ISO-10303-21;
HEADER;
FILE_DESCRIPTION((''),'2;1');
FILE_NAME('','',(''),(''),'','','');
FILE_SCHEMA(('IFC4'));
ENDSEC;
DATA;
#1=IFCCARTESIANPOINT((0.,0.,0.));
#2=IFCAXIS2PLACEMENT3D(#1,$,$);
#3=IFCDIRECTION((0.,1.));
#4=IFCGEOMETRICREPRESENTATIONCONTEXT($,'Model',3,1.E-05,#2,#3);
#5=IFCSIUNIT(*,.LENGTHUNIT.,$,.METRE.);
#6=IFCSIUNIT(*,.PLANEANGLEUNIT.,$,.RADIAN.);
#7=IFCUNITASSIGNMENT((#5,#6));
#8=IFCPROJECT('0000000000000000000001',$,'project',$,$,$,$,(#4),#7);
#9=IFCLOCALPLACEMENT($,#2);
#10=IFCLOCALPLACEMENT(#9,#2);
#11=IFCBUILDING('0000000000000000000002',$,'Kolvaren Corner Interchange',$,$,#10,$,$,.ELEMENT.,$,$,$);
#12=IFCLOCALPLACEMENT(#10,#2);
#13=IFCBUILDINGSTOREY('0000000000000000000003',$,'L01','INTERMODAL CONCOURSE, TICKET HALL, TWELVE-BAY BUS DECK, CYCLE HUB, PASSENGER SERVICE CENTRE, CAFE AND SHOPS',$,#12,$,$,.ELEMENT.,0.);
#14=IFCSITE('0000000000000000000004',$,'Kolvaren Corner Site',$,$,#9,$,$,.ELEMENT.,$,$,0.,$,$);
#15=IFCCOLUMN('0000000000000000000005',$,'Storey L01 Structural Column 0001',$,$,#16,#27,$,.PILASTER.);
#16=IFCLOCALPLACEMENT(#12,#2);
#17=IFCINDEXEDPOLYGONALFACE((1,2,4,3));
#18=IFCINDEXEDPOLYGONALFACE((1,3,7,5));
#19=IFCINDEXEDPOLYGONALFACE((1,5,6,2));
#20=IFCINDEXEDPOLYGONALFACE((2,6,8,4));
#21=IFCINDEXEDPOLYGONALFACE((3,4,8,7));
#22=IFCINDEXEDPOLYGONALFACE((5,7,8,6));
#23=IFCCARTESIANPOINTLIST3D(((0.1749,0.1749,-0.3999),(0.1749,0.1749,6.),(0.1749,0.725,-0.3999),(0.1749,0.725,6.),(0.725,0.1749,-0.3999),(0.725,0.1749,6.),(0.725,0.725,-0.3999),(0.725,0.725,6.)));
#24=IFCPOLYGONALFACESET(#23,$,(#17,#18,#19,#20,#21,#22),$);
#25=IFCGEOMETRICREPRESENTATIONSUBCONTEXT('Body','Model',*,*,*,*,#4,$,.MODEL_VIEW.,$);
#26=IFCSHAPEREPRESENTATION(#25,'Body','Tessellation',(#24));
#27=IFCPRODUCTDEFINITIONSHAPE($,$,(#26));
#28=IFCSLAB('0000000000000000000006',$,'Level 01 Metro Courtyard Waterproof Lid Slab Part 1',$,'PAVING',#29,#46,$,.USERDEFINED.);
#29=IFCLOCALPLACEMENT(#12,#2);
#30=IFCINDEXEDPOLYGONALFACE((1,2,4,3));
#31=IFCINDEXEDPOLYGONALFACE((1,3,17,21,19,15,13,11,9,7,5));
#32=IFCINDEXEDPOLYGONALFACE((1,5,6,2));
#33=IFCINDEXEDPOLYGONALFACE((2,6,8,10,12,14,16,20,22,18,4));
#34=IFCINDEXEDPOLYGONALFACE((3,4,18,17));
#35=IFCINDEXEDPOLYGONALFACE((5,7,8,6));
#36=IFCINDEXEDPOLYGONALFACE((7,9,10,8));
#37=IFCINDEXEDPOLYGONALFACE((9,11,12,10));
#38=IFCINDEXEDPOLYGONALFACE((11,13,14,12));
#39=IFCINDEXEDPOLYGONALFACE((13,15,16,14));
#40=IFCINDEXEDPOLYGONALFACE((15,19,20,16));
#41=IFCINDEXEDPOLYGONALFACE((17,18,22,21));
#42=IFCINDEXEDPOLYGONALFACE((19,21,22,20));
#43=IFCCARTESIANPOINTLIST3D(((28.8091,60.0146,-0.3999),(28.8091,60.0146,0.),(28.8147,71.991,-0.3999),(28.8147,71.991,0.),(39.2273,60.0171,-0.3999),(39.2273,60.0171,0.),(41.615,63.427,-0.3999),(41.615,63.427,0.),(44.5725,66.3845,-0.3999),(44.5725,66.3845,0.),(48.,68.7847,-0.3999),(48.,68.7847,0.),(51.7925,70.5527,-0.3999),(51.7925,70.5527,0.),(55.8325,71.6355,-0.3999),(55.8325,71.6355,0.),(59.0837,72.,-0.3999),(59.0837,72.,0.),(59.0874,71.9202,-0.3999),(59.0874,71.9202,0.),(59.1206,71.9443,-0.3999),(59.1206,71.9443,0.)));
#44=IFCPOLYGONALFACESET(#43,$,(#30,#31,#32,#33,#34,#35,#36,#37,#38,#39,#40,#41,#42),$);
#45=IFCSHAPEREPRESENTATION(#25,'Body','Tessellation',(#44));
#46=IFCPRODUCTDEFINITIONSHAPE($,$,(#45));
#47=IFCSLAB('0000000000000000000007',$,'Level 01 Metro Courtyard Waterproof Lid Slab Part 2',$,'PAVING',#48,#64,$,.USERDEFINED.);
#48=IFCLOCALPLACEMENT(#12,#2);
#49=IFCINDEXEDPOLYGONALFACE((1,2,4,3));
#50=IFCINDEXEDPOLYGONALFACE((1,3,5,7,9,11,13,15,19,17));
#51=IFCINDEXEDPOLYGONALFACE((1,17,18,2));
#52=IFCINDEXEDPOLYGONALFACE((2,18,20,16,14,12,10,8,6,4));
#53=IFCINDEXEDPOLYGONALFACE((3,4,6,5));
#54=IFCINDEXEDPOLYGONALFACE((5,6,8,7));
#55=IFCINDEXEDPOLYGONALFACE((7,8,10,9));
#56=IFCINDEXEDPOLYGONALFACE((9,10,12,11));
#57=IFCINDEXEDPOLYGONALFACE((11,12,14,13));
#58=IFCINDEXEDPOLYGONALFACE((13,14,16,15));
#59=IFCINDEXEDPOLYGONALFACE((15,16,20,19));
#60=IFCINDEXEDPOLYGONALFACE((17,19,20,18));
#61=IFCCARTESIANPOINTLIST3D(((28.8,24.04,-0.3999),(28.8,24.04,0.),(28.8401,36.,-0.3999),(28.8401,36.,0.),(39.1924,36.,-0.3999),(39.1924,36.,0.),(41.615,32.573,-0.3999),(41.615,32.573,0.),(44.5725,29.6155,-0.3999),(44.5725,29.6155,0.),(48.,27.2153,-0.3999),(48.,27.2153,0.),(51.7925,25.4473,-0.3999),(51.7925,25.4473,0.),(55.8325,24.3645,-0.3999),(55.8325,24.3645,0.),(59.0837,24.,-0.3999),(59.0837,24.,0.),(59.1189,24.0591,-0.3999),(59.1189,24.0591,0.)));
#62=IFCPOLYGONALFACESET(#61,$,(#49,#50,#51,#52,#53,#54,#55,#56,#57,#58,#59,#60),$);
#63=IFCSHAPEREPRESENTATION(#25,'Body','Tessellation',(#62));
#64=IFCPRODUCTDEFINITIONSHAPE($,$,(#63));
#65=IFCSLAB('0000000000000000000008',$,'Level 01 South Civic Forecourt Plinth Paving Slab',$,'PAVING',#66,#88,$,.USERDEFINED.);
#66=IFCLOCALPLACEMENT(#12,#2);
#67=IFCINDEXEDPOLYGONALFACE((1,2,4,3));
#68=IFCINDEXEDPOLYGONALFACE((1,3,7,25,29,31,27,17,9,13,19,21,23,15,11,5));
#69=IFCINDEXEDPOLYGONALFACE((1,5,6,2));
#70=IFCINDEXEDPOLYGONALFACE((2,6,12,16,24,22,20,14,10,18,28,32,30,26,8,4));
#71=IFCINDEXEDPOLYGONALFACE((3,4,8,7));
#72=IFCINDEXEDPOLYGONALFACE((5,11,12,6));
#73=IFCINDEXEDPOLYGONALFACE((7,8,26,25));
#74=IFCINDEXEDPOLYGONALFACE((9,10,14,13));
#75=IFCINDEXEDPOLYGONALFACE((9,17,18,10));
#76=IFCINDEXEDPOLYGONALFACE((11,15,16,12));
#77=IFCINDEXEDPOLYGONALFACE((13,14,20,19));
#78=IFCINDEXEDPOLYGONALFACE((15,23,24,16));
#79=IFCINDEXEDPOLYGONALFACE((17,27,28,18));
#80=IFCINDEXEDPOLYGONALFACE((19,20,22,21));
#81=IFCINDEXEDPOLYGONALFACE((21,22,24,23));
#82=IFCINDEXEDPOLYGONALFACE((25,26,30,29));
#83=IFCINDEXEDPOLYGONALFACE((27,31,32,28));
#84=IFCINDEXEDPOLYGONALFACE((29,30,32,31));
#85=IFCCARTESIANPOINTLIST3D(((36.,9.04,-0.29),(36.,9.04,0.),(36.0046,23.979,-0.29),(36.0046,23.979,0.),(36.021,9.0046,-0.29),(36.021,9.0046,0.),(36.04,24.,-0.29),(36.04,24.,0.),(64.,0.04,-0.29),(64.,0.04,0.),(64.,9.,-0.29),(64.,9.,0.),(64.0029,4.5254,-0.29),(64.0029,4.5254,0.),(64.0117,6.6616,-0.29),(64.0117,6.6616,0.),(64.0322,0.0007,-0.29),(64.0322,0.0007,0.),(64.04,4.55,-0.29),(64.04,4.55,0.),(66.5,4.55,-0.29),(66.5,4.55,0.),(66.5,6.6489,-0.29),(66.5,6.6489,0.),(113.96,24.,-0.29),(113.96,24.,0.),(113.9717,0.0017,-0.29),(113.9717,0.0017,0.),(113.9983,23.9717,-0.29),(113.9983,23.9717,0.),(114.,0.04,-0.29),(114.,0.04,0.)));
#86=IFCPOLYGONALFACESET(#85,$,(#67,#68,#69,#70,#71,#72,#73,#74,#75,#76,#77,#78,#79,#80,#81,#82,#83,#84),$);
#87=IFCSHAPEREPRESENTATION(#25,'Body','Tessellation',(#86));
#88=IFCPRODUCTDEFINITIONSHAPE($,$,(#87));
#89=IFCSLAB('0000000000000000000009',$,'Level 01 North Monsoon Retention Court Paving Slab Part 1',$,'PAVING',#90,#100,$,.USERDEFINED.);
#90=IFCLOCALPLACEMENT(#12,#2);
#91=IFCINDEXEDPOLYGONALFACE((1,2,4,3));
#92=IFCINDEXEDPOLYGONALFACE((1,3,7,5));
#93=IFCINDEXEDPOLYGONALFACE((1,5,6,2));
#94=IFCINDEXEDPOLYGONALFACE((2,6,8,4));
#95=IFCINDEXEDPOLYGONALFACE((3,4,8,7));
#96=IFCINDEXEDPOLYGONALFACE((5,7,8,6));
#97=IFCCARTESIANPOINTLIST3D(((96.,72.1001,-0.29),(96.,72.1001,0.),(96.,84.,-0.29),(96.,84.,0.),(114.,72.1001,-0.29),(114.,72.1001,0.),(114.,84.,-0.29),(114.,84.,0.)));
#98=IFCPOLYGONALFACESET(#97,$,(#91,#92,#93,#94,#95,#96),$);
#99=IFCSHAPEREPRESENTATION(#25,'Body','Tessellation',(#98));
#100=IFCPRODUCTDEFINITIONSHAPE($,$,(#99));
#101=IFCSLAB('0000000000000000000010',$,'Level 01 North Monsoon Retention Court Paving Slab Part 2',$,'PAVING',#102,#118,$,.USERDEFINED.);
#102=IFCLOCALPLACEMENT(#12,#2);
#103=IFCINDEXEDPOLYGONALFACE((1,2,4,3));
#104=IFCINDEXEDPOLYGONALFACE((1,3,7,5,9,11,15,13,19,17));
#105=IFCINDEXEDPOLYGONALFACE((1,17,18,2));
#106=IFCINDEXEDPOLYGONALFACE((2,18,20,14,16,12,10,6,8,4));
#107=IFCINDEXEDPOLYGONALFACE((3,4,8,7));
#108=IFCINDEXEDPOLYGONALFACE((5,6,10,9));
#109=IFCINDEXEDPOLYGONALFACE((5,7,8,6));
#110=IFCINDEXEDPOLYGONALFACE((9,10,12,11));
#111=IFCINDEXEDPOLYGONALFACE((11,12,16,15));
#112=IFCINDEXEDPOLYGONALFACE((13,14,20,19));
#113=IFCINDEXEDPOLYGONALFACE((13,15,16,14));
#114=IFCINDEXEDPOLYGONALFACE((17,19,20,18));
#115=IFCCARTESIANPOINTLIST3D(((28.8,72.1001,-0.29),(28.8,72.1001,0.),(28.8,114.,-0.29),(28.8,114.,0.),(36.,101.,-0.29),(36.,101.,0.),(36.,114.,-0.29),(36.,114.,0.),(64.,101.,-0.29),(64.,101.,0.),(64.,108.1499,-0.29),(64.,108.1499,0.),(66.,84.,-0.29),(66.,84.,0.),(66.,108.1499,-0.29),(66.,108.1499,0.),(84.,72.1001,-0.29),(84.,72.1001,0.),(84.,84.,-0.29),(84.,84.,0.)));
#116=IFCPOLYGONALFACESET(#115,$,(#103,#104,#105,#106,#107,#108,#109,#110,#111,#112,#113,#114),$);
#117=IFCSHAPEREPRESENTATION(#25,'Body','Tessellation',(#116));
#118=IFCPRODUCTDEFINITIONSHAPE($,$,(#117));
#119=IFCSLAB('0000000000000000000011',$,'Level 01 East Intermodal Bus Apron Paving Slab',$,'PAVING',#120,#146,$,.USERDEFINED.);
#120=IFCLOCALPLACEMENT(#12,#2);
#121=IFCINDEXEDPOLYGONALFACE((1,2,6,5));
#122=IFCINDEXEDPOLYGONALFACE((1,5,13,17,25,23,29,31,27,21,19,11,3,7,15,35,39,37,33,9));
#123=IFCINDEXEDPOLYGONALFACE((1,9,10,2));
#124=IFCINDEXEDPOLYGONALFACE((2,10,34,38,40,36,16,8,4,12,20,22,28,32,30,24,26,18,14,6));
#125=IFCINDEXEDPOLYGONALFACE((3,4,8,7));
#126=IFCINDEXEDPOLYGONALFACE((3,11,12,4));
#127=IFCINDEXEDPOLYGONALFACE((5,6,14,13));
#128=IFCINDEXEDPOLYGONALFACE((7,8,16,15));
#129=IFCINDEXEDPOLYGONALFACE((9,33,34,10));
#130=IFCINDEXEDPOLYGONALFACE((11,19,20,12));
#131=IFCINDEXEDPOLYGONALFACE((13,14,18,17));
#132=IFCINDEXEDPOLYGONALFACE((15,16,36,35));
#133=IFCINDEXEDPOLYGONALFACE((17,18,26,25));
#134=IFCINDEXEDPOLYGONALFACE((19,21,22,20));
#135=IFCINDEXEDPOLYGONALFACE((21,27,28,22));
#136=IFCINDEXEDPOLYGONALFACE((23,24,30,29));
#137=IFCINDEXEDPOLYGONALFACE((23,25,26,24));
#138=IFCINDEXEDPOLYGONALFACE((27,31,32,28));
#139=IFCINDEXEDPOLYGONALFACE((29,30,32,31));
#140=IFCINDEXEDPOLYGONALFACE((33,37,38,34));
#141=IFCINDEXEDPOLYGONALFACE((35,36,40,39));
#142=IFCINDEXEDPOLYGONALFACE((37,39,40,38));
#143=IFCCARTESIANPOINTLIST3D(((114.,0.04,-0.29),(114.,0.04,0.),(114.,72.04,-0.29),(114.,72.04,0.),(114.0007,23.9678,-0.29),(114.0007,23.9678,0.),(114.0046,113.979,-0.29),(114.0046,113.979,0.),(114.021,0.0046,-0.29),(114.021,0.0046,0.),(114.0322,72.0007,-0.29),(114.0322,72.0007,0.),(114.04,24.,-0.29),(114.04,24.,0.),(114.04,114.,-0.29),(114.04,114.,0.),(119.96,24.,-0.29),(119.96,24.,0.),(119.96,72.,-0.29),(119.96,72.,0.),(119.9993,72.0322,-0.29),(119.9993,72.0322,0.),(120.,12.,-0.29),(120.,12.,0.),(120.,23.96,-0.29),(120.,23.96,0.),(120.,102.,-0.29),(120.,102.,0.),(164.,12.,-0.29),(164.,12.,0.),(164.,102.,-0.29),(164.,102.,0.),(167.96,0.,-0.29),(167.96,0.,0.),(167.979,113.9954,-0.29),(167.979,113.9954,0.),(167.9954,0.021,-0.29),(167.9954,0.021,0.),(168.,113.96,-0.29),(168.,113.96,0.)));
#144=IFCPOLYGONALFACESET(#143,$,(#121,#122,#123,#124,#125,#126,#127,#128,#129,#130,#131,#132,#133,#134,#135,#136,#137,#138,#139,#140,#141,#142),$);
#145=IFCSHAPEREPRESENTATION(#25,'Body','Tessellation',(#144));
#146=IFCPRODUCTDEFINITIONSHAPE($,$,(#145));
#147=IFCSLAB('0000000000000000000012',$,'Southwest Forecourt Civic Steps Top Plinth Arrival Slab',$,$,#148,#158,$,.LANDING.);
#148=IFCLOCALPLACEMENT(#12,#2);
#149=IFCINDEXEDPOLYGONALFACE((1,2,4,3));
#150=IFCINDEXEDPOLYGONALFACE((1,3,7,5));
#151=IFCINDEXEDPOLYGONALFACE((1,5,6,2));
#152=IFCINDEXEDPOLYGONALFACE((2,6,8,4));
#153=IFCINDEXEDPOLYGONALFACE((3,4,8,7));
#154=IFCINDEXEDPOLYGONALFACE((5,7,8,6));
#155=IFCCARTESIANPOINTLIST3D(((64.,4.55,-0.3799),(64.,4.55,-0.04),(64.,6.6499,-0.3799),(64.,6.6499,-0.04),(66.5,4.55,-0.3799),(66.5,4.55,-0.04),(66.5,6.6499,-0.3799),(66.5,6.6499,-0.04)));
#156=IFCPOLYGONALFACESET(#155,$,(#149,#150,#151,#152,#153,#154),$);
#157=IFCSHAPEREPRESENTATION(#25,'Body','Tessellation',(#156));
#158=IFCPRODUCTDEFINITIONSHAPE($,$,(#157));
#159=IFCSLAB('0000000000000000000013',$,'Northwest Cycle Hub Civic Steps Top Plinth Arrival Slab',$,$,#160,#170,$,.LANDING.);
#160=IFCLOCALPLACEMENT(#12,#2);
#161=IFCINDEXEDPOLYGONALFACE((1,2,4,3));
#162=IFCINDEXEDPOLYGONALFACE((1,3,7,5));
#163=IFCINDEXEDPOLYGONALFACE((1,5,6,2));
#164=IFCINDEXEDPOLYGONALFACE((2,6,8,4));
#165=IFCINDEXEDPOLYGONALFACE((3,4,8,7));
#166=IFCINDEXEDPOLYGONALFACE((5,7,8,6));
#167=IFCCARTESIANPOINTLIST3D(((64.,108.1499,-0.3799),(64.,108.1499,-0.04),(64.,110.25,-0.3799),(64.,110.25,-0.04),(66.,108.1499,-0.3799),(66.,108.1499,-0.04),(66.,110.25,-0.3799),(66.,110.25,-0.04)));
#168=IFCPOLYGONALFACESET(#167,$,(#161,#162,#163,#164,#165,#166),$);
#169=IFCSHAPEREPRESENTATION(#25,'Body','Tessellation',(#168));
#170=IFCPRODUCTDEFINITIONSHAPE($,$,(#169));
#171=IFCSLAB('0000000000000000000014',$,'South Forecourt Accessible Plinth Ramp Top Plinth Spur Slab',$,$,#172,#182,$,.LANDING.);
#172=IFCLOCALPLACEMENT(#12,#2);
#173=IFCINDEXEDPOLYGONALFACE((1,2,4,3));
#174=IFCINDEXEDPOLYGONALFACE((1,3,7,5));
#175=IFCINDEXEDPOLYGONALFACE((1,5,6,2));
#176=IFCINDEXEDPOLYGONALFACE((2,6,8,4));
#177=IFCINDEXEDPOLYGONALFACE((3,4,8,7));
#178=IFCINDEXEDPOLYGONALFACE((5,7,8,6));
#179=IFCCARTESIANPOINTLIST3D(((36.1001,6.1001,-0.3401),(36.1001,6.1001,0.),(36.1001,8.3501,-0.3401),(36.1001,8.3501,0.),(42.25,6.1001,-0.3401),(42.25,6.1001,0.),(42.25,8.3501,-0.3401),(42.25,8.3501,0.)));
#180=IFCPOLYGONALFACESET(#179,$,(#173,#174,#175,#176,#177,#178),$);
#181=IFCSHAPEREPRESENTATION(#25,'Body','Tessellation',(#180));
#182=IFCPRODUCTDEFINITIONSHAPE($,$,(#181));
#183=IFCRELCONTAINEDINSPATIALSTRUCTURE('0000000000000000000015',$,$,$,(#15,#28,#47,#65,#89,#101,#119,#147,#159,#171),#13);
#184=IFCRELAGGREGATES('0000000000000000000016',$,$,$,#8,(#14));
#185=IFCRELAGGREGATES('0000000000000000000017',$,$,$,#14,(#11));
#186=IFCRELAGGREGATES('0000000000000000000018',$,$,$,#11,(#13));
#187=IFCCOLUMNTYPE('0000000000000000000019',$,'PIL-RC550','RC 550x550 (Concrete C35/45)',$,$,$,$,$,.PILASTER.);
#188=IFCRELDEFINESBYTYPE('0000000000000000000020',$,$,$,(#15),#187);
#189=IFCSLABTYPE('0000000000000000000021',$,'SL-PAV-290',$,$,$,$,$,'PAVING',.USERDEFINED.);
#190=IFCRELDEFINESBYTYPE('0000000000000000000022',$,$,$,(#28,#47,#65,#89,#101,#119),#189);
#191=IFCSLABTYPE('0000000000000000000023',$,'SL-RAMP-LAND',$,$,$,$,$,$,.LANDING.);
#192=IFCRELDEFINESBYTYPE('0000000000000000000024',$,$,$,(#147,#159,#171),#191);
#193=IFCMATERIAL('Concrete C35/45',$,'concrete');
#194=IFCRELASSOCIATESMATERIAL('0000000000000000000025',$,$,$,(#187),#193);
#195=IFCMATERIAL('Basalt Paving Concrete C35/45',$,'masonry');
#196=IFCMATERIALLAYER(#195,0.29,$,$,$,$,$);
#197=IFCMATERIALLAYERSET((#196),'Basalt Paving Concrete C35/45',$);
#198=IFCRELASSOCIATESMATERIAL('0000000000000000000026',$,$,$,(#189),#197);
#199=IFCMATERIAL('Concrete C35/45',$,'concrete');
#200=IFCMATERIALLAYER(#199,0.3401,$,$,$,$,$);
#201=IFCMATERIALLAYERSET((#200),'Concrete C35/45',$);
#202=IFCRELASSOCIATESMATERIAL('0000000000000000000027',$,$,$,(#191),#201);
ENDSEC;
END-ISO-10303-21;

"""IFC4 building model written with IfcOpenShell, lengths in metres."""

from ifc_helpers import new_model, si_unit, direction, frame, origin, origin_2d, place, context, subcontext, project, spatial, polyline, rectangle, outline, extrude, material, layer, layer_set, material_profile, profile_set, type_object, element, save


model = new_model("IFC4")

# Units and contexts
model_context = context("Model", 3, precision=1e-05, world=origin(), true_north=direction((0.0, 1.0)))
body_context = subcontext(model_context, "Body", "Model", "MODEL_VIEW")
ifc_project = project(units=[si_unit("LENGTHUNIT", "METRE"), si_unit("PLANEANGLEUNIT", "RADIAN")], contexts=[model_context])

# Site, building, storey
site_placement = place(None, origin())
site = spatial("IfcSite", under=ifc_project, at=site_placement, Name="Kolvaren Corner Site", CompositionType="ELEMENT", RefElevation=0.0)
building_placement = place(site_placement, origin())
building = spatial("IfcBuilding", under=site, at=building_placement, Name="Kolvaren Corner Interchange", CompositionType="ELEMENT")
storey_placement = place(building_placement, origin())
storey = spatial("IfcBuildingStorey", under=building, at=storey_placement, Name="L01", Description="INTERMODAL CONCOURSE, TICKET HALL, TWELVE-BAY BUS DECK, CYCLE HUB, PASSENGER SERVICE CENTRE, CAFE AND SHOPS", CompositionType="ELEMENT", Elevation=0.0)

# Column
ifc_material_1 = material(Name="Concrete C35/45", Category="concrete")
ifc_material_profile = material_profile(ifc_material_1, rectangle(XDim=0.55, YDim=0.55, at=origin_2d()), Name="RC 550x550")
ifc_profile_set = profile_set([ifc_material_profile], Name="Concrete C35/45")
column_type = type_object("IfcColumnType", Name="PIL-RC550", Description="RC 550x550 (Concrete C35/45)", PredefinedType="PILASTER", material=ifc_profile_set)
column_placement = place(storey_placement, frame((0.45, 0.45, -0.3999), z_axis=(0.0, 0.0, 1.0), x_axis=(1.0, 0.0, 0.0)))
element("IfcColumn", 1, at=column_placement, inside=storey, type_object=column_type, Name="Storey L01 Structural Column 0001", PredefinedType="PILASTER", context=body_context, shape_type="SweptSolid", body=[
    extrude(rectangle(XDim=0.55, YDim=0.55, at=origin_2d()), origin(), (0.0, 0.0, 1.0), 6.3999),
])

# Slabs
ifc_material_2 = material(Name="Basalt Paving Concrete C35/45", Category="masonry")
ifc_layer_1 = layer(ifc_material_2, 0.29)
ifc_layer_set_1 = layer_set([ifc_layer_1], Name="Basalt Paving Concrete C35/45")
slab_type_1 = type_object("IfcSlabType", Name="SL-PAV-290", ElementType="PAVING", PredefinedType="USERDEFINED", material=ifc_layer_set_1)
slab_1_placement = place(storey_placement, frame((0.0, 0.0, -0.3999)))
element("IfcSlab", 2, at=slab_1_placement, inside=storey, type_object=slab_type_1, Name="Level 01 Metro Courtyard Waterproof Lid Slab Part 1", ObjectType="PAVING", PredefinedType="USERDEFINED", context=body_context, shape_type="SweptSolid", body=[
    extrude(outline(polyline([(39.2273, 60.0171), (41.615, 63.427), (44.5725, 66.3845), (48.0, 68.7847), (51.7925, 70.5527), (55.8325, 71.6355), (59.0874, 71.9202), (59.1206, 71.9443), (59.0837, 72.0), (28.8147, 71.991), (28.8091, 60.0146), (39.2273, 60.0171)])), origin(), (0.0, 0.0, 1.0), 0.3999),
])
slab_2_placement = place(storey_placement, frame((0.0, 0.0, -0.3999)))
element("IfcSlab", 3, at=slab_2_placement, inside=storey, type_object=slab_type_1, Name="Level 01 Metro Courtyard Waterproof Lid Slab Part 2", ObjectType="PAVING", PredefinedType="USERDEFINED", context=body_context, shape_type="SweptSolid", body=[
    extrude(outline(polyline([(39.1924, 36.0), (28.8401, 36.0), (28.8, 24.04), (59.0837, 24.0), (59.1189, 24.0591), (55.8325, 24.3645), (51.7925, 25.4473), (48.0, 27.2153), (44.5725, 29.6155), (41.615, 32.573), (39.1924, 36.0)])), origin(), (0.0, 0.0, 1.0), 0.3999),
])
slab_3_placement = place(storey_placement, frame((0.0, 0.0, -0.29)))
element("IfcSlab", 4, at=slab_3_placement, inside=storey, type_object=slab_type_1, Name="Level 01 South Civic Forecourt Plinth Paving Slab", ObjectType="PAVING", PredefinedType="USERDEFINED", context=body_context, shape_type="SweptSolid", body=[
    extrude(outline(polyline([(64.0, 9.0), (64.0117, 6.6616), (66.5, 6.6489), (66.5, 4.55), (64.04, 4.55), (64.0029, 4.5254), (64.0, 0.04), (64.0322, 0.0007), (113.9717, 0.0017), (114.0, 0.04), (113.9983, 23.9717), (113.96, 24.0), (36.04, 24.0), (36.0046, 23.979), (36.0, 9.04), (36.021, 9.0046), (64.0, 9.0)])), origin(), (0.0, 0.0, 1.0), 0.29),
])
slab_4_placement = place(storey_placement, frame((0.0, 0.0, -0.29)))
element("IfcSlab", 5, at=slab_4_placement, inside=storey, type_object=slab_type_1, Name="Level 01 North Monsoon Retention Court Paving Slab Part 1", ObjectType="PAVING", PredefinedType="USERDEFINED", context=body_context, shape_type="SweptSolid", body=[
    extrude(outline(polyline([(96.0, 72.1001), (114.0, 72.1001), (114.0, 84.0), (96.0, 84.0), (96.0, 72.1001)])), origin(), (0.0, 0.0, 1.0), 0.29),
])
slab_5_placement = place(storey_placement, frame((0.0, 0.0, -0.29)))
element("IfcSlab", 6, at=slab_5_placement, inside=storey, type_object=slab_type_1, Name="Level 01 North Monsoon Retention Court Paving Slab Part 2", ObjectType="PAVING", PredefinedType="USERDEFINED", context=body_context, shape_type="SweptSolid", body=[
    extrude(outline(polyline([(66.0, 84.0), (66.0, 108.1499), (64.0, 108.1499), (64.0, 101.0), (36.0, 101.0), (36.0, 114.0), (28.8, 114.0), (28.8, 72.1001), (84.0, 72.1001), (84.0, 84.0), (66.0, 84.0)])), origin(), (0.0, 0.0, 1.0), 0.29),
])
slab_6_placement = place(storey_placement, frame((0.0, 0.0, -0.29)))
element("IfcSlab", 7, at=slab_6_placement, inside=storey, type_object=slab_type_1, Name="Level 01 East Intermodal Bus Apron Paving Slab", ObjectType="PAVING", PredefinedType="USERDEFINED", context=body_context, shape_type="SweptSolid", body=[
    extrude(outline(polyline([(119.96, 24.0), (114.04, 24.0), (114.0007, 23.9678), (114.0, 0.04), (114.021, 0.0046), (167.96, 0.0), (167.9954, 0.021), (168.0, 113.96), (167.979, 113.9954), (114.04, 114.0), (114.0046, 113.979), (114.0, 72.04), (114.0322, 72.0007), (119.96, 72.0), (119.9993, 72.0322), (120.0, 102.0), (164.0, 102.0), (164.0, 12.0), (120.0, 12.0), (120.0, 23.96), (119.96, 24.0)])), origin(), (0.0, 0.0, 1.0), 0.29),
])
ifc_material_3 = material(Name="Concrete C35/45", Category="concrete")
ifc_layer_2 = layer(ifc_material_3, 0.3401)
ifc_layer_set_2 = layer_set([ifc_layer_2], Name="Concrete C35/45")
slab_type_2 = type_object("IfcSlabType", Name="SL-RAMP-LAND", PredefinedType="LANDING", material=ifc_layer_set_2)
slab_7_placement = place(storey_placement, frame((0.0, 0.0, -0.3799)))
element("IfcSlab", 8, at=slab_7_placement, inside=storey, type_object=slab_type_2, Name="Southwest Forecourt Civic Steps Top Plinth Arrival Slab", PredefinedType="LANDING", context=body_context, shape_type="SweptSolid", body=[
    extrude(outline(polyline([(64.0, 4.55), (66.5, 4.55), (66.5, 6.6499), (64.0, 6.6499), (64.0, 4.55)])), origin(), (0.0, 0.0, 1.0), 0.3398),
])
slab_8_placement = place(storey_placement, frame((0.0, 0.0, -0.3799)))
element("IfcSlab", 9, at=slab_8_placement, inside=storey, type_object=slab_type_2, Name="Northwest Cycle Hub Civic Steps Top Plinth Arrival Slab", PredefinedType="LANDING", context=body_context, shape_type="SweptSolid", body=[
    extrude(outline(polyline([(64.0, 108.1499), (66.0, 108.1499), (66.0, 110.25), (64.0, 110.25), (64.0, 108.1499)])), origin(), (0.0, 0.0, 1.0), 0.3398),
])
slab_9_placement = place(storey_placement, frame((0.0, 0.0, -0.3401)))
element("IfcSlab", 10, at=slab_9_placement, inside=storey, type_object=slab_type_2, Name="South Forecourt Accessible Plinth Ramp Top Plinth Spur Slab", PredefinedType="LANDING", context=body_context, shape_type="SweptSolid", body=[
    extrude(outline(polyline([(36.1001, 6.1001), (42.25, 6.1001), (42.25, 8.3501), (36.1001, 8.3501), (36.1001, 6.1001)])), origin(), (0.0, 0.0, 1.0), 0.3401),
])

save(model, "model.ifc")
